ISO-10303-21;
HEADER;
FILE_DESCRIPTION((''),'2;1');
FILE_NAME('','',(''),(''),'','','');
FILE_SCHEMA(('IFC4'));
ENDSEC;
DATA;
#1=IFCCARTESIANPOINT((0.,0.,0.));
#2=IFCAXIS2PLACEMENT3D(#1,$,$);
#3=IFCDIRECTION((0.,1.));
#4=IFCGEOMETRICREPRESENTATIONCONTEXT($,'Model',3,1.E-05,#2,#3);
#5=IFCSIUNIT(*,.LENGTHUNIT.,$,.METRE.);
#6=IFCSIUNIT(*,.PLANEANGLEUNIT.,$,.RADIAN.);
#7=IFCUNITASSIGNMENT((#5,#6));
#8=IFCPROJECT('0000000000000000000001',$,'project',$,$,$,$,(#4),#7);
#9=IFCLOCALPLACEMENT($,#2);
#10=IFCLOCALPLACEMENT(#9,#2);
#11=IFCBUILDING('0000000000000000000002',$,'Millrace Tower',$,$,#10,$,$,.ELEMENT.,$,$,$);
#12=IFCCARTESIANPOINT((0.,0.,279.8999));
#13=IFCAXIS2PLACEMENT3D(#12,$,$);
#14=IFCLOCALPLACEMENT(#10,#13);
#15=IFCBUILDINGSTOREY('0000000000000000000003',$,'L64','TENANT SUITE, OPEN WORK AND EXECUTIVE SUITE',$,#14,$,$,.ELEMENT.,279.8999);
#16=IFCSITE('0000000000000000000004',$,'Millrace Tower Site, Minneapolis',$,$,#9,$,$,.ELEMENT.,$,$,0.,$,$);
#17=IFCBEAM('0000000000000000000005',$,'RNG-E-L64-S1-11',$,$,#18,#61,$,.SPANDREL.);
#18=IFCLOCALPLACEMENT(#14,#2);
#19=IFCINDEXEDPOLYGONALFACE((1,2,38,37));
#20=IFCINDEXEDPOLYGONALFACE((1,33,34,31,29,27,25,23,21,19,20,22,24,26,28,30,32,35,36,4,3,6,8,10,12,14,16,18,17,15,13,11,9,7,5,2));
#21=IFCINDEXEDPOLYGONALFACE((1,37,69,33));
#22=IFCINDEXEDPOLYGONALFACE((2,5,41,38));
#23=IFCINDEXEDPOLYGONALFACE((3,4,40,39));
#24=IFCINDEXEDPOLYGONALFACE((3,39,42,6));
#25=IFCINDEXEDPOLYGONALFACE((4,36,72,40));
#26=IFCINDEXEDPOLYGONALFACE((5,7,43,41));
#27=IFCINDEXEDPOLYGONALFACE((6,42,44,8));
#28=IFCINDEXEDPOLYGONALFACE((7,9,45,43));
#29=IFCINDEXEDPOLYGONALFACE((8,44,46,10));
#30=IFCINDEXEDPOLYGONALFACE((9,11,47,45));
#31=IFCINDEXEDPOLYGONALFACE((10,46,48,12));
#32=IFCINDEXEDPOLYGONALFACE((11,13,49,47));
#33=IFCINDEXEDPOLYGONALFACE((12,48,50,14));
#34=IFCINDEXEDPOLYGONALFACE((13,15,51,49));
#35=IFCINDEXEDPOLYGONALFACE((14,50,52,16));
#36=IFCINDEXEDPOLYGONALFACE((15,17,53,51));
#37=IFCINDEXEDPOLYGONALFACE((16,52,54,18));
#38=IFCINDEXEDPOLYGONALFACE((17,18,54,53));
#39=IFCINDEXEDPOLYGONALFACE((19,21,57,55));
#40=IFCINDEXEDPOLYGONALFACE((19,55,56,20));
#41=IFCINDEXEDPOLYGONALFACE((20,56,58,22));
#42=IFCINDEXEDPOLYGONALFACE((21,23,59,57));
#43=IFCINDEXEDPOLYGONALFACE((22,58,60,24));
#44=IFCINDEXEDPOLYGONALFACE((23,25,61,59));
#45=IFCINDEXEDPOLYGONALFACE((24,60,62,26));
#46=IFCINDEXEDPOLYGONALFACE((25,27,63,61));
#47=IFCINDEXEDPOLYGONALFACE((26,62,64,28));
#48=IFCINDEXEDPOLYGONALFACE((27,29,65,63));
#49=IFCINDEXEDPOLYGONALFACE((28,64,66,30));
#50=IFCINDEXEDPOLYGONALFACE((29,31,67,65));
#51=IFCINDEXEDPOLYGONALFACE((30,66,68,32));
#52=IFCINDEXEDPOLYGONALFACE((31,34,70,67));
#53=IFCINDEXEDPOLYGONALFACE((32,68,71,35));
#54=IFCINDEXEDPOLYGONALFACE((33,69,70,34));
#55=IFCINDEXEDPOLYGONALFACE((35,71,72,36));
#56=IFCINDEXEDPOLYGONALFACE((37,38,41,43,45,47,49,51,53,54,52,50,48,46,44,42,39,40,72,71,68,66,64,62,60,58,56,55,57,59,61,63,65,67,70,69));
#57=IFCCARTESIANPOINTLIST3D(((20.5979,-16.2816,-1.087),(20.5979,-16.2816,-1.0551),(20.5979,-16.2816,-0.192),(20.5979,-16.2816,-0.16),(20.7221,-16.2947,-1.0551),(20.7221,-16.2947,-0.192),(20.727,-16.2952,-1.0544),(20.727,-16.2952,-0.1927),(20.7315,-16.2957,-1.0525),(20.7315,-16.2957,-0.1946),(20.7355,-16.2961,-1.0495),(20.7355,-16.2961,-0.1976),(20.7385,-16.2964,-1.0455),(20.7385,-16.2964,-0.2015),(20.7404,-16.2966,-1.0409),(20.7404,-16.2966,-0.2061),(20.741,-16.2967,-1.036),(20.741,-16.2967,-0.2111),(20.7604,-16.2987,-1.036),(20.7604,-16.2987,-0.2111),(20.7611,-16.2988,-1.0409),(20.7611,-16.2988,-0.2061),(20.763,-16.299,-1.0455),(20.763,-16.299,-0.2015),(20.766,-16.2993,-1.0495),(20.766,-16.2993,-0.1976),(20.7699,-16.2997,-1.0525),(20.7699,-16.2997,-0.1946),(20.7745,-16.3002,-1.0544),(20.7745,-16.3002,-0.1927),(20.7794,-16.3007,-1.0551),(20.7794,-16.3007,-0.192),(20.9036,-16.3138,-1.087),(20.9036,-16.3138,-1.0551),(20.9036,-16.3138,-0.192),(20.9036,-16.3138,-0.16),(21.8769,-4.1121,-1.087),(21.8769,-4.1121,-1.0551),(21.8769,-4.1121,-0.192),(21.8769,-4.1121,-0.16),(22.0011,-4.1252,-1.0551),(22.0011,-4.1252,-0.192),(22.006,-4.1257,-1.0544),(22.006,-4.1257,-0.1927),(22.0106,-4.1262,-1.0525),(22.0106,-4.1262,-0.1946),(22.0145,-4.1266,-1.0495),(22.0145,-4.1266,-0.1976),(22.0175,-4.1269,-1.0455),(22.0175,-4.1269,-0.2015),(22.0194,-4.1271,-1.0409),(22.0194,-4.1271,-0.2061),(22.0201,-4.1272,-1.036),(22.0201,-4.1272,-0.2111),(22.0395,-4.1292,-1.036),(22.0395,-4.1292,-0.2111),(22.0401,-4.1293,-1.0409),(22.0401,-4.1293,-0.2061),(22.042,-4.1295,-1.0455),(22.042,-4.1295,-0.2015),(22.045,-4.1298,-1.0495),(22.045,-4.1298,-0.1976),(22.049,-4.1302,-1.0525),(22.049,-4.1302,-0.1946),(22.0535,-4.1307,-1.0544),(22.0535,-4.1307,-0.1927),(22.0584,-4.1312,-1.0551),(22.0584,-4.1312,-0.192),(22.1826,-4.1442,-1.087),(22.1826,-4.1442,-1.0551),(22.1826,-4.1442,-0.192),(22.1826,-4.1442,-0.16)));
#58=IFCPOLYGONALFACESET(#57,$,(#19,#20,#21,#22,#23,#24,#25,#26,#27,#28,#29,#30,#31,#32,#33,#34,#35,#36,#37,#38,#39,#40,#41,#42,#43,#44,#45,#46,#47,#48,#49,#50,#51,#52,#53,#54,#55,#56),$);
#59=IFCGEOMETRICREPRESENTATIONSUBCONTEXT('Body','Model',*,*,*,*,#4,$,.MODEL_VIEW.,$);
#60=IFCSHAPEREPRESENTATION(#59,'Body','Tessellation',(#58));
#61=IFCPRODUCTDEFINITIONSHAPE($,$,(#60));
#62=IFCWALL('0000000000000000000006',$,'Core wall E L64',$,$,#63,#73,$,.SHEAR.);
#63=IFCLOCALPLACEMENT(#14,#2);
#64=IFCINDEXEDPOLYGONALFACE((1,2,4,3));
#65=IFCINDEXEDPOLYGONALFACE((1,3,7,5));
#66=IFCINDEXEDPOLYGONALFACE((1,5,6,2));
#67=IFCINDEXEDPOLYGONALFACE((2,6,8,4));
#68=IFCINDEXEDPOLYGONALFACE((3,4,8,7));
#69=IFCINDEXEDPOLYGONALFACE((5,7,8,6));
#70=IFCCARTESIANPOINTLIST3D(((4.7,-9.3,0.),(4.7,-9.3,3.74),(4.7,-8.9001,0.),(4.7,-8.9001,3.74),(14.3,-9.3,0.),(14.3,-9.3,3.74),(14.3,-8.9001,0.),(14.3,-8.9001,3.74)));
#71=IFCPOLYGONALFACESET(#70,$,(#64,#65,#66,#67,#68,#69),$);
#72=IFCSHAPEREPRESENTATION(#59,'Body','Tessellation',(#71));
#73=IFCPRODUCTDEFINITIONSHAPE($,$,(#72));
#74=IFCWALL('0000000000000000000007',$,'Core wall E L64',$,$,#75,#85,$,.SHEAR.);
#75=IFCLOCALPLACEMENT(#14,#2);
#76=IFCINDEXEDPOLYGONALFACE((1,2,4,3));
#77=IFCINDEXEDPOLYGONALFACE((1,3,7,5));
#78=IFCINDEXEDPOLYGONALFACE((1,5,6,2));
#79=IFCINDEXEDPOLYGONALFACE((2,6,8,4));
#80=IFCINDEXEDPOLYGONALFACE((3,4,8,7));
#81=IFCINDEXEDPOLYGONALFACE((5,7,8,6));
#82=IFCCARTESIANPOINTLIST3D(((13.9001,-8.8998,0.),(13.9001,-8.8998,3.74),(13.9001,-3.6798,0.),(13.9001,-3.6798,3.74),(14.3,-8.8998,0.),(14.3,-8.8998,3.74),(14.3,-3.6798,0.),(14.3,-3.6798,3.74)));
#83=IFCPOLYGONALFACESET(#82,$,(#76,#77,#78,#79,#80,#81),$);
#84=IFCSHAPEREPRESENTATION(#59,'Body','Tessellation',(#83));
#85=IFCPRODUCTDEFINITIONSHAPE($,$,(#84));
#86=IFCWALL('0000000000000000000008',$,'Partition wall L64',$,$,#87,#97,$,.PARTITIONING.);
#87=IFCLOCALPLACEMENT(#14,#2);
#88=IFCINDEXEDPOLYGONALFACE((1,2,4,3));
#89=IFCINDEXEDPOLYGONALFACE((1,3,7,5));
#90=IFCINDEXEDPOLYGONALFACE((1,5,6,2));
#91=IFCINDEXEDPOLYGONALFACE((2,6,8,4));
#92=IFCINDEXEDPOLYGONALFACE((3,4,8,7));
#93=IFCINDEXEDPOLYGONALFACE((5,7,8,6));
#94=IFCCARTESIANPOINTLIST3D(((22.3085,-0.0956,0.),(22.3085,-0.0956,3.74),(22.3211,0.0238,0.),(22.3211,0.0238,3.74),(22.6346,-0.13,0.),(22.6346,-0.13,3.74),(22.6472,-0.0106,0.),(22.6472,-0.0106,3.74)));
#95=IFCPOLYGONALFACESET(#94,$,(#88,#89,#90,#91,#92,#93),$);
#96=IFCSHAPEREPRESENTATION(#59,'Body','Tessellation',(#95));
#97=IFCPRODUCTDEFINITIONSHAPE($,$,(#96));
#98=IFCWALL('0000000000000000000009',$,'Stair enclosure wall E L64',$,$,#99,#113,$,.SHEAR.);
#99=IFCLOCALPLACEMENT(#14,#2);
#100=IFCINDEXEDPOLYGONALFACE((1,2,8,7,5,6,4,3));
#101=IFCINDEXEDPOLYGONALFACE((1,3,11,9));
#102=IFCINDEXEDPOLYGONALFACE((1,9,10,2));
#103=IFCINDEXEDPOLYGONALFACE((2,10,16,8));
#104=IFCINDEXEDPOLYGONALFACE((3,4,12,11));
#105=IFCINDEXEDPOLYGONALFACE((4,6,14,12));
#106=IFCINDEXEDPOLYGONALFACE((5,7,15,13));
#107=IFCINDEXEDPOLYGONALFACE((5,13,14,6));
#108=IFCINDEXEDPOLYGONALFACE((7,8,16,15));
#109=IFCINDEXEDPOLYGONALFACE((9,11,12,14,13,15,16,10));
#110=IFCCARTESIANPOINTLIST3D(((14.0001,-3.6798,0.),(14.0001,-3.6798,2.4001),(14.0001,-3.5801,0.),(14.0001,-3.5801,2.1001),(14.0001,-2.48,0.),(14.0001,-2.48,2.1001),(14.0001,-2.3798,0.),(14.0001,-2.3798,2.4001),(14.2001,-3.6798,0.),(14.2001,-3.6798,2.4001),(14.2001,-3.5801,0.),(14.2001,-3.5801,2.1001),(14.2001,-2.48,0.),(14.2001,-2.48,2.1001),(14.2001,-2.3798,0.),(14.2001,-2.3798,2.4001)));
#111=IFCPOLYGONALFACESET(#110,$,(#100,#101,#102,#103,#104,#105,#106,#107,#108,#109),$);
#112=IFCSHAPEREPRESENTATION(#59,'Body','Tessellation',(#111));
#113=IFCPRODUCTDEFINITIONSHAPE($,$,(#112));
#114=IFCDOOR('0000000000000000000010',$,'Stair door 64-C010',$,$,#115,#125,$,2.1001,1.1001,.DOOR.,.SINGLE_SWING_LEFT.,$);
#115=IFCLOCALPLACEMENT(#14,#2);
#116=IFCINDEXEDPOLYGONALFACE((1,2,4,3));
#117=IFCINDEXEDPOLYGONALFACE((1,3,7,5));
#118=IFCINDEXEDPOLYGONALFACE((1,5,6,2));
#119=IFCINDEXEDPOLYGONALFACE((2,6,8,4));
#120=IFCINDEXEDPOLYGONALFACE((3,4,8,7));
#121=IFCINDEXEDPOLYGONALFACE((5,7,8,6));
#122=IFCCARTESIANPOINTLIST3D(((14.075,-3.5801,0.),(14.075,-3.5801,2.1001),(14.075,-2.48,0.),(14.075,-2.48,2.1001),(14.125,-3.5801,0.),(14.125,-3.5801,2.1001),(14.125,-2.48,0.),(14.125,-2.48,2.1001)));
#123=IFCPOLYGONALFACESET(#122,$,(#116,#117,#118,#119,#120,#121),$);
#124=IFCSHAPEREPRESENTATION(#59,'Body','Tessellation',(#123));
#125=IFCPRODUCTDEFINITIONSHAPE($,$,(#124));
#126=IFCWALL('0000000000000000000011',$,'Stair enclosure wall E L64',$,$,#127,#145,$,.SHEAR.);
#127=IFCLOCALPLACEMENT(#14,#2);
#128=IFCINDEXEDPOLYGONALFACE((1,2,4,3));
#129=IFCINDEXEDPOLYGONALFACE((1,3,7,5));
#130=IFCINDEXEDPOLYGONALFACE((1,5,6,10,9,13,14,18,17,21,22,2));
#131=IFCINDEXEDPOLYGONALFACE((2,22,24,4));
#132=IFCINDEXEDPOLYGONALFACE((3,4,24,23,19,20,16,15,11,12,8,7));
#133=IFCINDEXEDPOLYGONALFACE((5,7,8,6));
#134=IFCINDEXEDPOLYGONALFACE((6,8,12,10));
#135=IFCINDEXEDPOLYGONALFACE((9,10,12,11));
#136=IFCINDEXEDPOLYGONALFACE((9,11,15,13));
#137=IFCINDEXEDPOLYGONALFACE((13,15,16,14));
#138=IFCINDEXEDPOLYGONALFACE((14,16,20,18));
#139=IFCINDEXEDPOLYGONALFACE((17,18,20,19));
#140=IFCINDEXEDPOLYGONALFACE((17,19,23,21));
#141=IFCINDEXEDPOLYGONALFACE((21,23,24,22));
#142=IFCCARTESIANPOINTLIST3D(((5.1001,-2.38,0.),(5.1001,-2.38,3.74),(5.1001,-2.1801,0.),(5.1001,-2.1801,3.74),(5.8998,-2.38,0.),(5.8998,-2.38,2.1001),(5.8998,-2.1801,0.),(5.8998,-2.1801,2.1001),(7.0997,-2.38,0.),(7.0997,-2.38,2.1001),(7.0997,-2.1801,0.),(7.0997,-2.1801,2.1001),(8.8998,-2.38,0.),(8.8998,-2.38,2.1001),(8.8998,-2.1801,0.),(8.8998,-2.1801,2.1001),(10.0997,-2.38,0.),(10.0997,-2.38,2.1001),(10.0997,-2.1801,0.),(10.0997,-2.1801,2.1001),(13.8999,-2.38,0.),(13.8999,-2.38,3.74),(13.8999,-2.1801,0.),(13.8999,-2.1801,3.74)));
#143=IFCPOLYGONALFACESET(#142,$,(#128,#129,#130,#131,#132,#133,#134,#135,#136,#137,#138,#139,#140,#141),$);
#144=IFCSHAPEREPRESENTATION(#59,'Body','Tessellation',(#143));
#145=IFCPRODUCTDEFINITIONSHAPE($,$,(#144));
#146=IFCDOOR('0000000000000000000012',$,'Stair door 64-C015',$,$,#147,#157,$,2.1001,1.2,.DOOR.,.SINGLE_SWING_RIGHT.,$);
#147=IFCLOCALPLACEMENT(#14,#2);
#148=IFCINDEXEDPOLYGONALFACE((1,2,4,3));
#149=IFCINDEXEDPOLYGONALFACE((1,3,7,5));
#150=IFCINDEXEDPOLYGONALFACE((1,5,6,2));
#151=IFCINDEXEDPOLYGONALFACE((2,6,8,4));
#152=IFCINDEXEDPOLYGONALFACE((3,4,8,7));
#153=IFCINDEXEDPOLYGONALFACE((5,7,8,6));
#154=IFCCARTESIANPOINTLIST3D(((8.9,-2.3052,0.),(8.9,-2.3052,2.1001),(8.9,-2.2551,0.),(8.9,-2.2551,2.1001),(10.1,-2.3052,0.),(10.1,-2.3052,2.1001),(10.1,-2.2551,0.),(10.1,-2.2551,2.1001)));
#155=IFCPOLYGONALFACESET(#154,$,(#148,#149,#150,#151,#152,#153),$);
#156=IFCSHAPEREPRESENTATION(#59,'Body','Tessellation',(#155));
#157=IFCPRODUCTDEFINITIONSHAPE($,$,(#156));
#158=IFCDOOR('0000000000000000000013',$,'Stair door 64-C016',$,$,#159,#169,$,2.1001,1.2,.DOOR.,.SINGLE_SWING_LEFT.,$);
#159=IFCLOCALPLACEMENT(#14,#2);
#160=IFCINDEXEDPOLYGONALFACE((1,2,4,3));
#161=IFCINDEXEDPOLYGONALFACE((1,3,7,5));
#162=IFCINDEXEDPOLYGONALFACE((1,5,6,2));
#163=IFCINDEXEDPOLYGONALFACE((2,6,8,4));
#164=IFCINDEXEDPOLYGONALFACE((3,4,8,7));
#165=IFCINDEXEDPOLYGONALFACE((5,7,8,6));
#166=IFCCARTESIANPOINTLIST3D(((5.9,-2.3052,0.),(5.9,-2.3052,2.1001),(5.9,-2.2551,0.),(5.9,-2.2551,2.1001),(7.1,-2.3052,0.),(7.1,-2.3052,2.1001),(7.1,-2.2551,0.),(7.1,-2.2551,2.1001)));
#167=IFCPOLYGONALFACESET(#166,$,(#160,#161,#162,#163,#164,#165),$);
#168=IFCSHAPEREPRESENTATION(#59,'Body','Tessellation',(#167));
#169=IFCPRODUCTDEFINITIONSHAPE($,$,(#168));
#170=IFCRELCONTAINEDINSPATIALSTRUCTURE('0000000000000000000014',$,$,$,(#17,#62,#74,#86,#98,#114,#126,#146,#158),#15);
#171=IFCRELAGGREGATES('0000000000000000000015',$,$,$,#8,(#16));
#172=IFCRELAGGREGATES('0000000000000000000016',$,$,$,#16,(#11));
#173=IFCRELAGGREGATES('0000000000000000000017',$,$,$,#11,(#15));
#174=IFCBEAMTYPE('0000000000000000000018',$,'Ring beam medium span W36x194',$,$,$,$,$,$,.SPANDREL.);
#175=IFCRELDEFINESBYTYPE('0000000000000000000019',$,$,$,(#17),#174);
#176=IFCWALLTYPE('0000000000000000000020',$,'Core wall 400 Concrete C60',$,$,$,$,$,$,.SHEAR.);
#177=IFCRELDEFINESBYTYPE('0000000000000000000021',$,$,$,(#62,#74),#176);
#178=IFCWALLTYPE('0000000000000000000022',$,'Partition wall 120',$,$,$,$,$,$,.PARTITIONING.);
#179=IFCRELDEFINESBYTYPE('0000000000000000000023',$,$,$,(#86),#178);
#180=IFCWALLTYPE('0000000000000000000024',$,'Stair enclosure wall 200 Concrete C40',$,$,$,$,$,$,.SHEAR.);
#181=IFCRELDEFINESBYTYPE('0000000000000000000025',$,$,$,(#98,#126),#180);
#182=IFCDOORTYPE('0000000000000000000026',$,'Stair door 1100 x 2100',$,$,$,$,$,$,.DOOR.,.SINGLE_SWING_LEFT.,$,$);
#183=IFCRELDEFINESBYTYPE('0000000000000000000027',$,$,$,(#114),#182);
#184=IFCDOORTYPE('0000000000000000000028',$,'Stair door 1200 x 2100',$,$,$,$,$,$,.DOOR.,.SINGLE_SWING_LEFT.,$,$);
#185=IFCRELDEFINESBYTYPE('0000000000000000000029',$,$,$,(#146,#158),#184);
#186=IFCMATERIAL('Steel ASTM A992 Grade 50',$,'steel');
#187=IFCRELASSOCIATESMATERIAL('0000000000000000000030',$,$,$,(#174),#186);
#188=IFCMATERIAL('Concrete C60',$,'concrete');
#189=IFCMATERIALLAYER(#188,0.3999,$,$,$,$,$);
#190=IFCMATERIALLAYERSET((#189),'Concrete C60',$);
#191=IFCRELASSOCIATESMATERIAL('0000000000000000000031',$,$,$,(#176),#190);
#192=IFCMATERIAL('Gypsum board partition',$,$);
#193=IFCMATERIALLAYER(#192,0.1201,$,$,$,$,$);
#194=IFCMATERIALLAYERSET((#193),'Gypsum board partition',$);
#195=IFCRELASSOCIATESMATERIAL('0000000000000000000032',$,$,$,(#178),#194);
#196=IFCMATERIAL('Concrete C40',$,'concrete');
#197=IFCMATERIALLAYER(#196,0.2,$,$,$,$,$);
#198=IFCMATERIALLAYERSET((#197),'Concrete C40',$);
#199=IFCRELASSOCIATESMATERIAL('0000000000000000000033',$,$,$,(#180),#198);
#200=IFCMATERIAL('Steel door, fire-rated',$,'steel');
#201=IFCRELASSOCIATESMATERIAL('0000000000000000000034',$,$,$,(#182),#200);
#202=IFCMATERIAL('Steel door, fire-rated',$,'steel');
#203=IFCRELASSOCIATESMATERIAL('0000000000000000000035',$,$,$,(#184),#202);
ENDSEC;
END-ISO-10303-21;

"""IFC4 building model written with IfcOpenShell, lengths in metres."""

from ifc_helpers import new_model, si_unit, direction, frame, frame_2d, origin, origin_2d, place, context, subcontext, project, spatial, rectangle, i_section, extrude, material, layer, layer_set, material_profile, profile_set, type_object, element, fill, save


model = new_model("IFC4")

# Units and contexts
model_context = context("Model", 3, precision=1e-05, world=origin(), true_north=direction((0.0, 1.0)))
body_context = subcontext(model_context, "Body", "Model", "MODEL_VIEW")
ifc_project = project(units=[si_unit("LENGTHUNIT", "METRE"), si_unit("PLANEANGLEUNIT", "RADIAN")], contexts=[model_context])

# Site, building, storey
site_placement = place(None, origin())
site = spatial("IfcSite", under=ifc_project, at=site_placement, Name="Millrace Tower Site, Minneapolis", CompositionType="ELEMENT", RefElevation=0.0)
building_placement = place(site_placement, origin())
building = spatial("IfcBuilding", under=site, at=building_placement, Name="Millrace Tower", CompositionType="ELEMENT")
storey_placement = place(building_placement, frame((0.0, 0.0, 279.8999)))
storey = spatial("IfcBuildingStorey", under=building, at=storey_placement, Name="L64", Description="TENANT SUITE, OPEN WORK AND EXECUTIVE SUITE", CompositionType="ELEMENT", Elevation=279.8999)

# Beam
ifc_material_1 = material(Name="Steel ASTM A992 Grade 50", Category="steel")
ifc_material_profile_1 = material_profile(ifc_material_1, i_section(OverallWidth=0.3074, OverallDepth=0.927, WebThickness=0.0195, FlangeThickness=0.032, FilletRadius=0.019, at=origin_2d()))
ifc_profile_set_1 = profile_set([ifc_material_profile_1], Name="Steel ASTM A992 Grade 50")
beam_type_1 = type_object("IfcBeamType", Name="Ring beam medium span W36x194", PredefinedType="SPANDREL", material=ifc_profile_set_1)
beam_1_placement = place(storey_placement, frame((22.0298, -4.1282, -0.6235), z_axis=(-0.104528, -0.994522, 0.0), x_axis=(0.994522, -0.104528, 0.0)))
element("IfcBeam", 1, at=beam_1_placement, inside=storey, type_object=beam_type_1, Name="RNG-E-L64-S1-11", PredefinedType="SPANDREL", context=body_context, shape_type="SweptSolid", body=[
    extrude(i_section(OverallWidth=0.3074, OverallDepth=0.927, WebThickness=0.0195, FlangeThickness=0.032, FilletRadius=0.019, at=origin_2d()), origin(), (0.0, 0.0, 1.0), 12.2366),
])

# Walls
ifc_material_2 = material(Name="Concrete C60", Category="concrete")
ifc_layer_1 = layer(ifc_material_2, 0.3999)
ifc_layer_set_1 = layer_set([ifc_layer_1], Name="Concrete C60")
wall_type_1 = type_object("IfcWallType", Name="Core wall 400 Concrete C60", PredefinedType="SHEAR", material=ifc_layer_set_1)
wall_1_placement = place(storey_placement, frame((14.3, -9.1001, 0.0), z_axis=(0.0, 0.0, 1.0), x_axis=(-1.0, 0.0, 0.0)))
element("IfcWall", 2, at=wall_1_placement, inside=storey, type_object=wall_type_1, Name="Core wall E L64", PredefinedType="SHEAR", context=body_context, shape_type="SweptSolid", body=[
    extrude(rectangle(XDim=9.6001, YDim=0.3999, at=frame_2d((4.8, 0.0))), origin(), (0.0, 0.0, 1.0), 3.74),
])
wall_2_placement = place(storey_placement, frame((14.1001, -3.6799, 0.0), z_axis=(0.0, 0.0, 1.0), x_axis=(0.0, -1.0, 0.0)))
element("IfcWall", 3, at=wall_2_placement, inside=storey, type_object=wall_type_1, Name="Core wall E L64", PredefinedType="SHEAR", context=body_context, shape_type="SweptSolid", body=[
    extrude(rectangle(XDim=5.22, YDim=0.3999, at=frame_2d((2.6099, 0.0))), origin(), (0.0, 0.0, 1.0), 3.74),
])
ifc_material_3 = material(Name="Gypsum board partition")
ifc_layer_2 = layer(ifc_material_3, 0.1201)
ifc_layer_set_2 = layer_set([ifc_layer_2], Name="Gypsum board partition")
wall_type_2 = type_object("IfcWallType", Name="Partition wall 120", PredefinedType="PARTITIONING", material=ifc_layer_set_2)
wall_3_placement = place(storey_placement, frame((22.3147, -0.0359, 0.0), z_axis=(0.0, 0.0, 1.0), x_axis=(0.994477, -0.104956, 0.0)))
element("IfcWall", 4, at=wall_3_placement, inside=storey, type_object=wall_type_2, Name="Partition wall L64", PredefinedType="PARTITIONING", context=body_context, shape_type="SweptSolid", body=[
    extrude(rectangle(XDim=0.3279, YDim=0.1201, at=frame_2d((0.1641, 0.0))), origin(), (0.0, 0.0, 1.0), 3.74),
])

# Wall, opening, door
ifc_material_4 = material(Name="Concrete C40", Category="concrete")
ifc_layer_3 = layer(ifc_material_4, 0.2)
ifc_layer_set_3 = layer_set([ifc_layer_3], Name="Concrete C40")
wall_type_3 = type_object("IfcWallType", Name="Stair enclosure wall 200 Concrete C40", PredefinedType="SHEAR", material=ifc_layer_set_3)
wall_4_placement = place(storey_placement, frame((14.1001, -2.3799, 0.0), z_axis=(0.0, 0.0, 1.0), x_axis=(0.0, -1.0, 0.0)))
wall_4 = element("IfcWall", 5, at=wall_4_placement, inside=storey, type_object=wall_type_3, Name="Stair enclosure wall E L64", PredefinedType="SHEAR", context=body_context, shape_type="SweptSolid", body=[
    extrude(rectangle(XDim=1.3, YDim=0.2, at=frame_2d((0.6499, 0.0))), origin(), (0.0, 0.0, 1.0), 2.4001),
])
opening_1_placement = place(wall_4_placement, frame((0.1001, 0.0, 0.0)))
opening_1 = element("IfcOpeningElement", 6, at=opening_1_placement, cuts=wall_4, PredefinedType="OPENING", context=body_context, shape_type="SweptSolid", body=[
    extrude(rectangle(XDim=1.1001, YDim=2.1001, at=frame_2d((0.55, 1.05))), frame((0.0, 0.1099, 0.0), z_axis=(0.0, -1.0, 0.0), x_axis=(1.0, 0.0, 0.0)), (0.0, 0.0, 1.0), 0.22),
])
ifc_material_5 = material(Name="Steel door, fire-rated", Category="steel")
door_type_1 = type_object("IfcDoorType", Name="Stair door 1100 x 2100", OperationType="SINGLE_SWING_LEFT", PredefinedType="DOOR", material=ifc_material_5)
door_1_placement = place(opening_1_placement, origin())
door_1 = element("IfcDoor", 7, at=door_1_placement, inside=storey, type_object=door_type_1, Name="Stair door 64-C010", OperationType="SINGLE_SWING_LEFT", OverallHeight=2.1001, OverallWidth=1.1001, PredefinedType="DOOR", context=body_context, shape_type="SweptSolid", body=[
    extrude(rectangle(XDim=1.1001, YDim=2.1001, at=frame_2d((0.55, 1.05))), frame((0.0, 0.0249, 0.0), z_axis=(0.0, -1.0, 0.0), x_axis=(1.0, 0.0, 0.0)), (0.0, 0.0, 1.0), 0.05),
])
fill(opening_1, door_1)

# Wall, openings, doors
wall_5_placement = place(storey_placement, frame((13.8999, -2.28, 0.0), z_axis=(0.0, 0.0, 1.0), x_axis=(-1.0, 0.0, 0.0)))
wall_5 = element("IfcWall", 8, at=wall_5_placement, inside=storey, type_object=wall_type_3, Name="Stair enclosure wall E L64", PredefinedType="SHEAR", context=body_context, shape_type="SweptSolid", body=[
    extrude(rectangle(XDim=8.7998, YDim=0.2, at=frame_2d((4.3999, 0.0))), origin(), (0.0, 0.0, 1.0), 3.74),
])
opening_2_placement = place(wall_5_placement, frame((3.8, 0.0, 0.0)))
opening_2 = element("IfcOpeningElement", 9, at=opening_2_placement, cuts=wall_5, PredefinedType="OPENING", context=body_context, shape_type="SweptSolid", body=[
    extrude(rectangle(XDim=1.2, YDim=2.1001, at=frame_2d((0.6001, 1.05))), frame((0.0, 0.1099, 0.0), z_axis=(0.0, -1.0, 0.0), x_axis=(1.0, 0.0, 0.0)), (0.0, 0.0, 1.0), 0.22),
])
opening_3_placement = place(wall_5_placement, frame((6.8, 0.0, 0.0)))
opening_3 = element("IfcOpeningElement", 10, at=opening_3_placement, cuts=wall_5, PredefinedType="OPENING", context=body_context, shape_type="SweptSolid", body=[
    extrude(rectangle(XDim=1.2, YDim=2.1001, at=frame_2d((0.6001, 1.05))), frame((0.0, 0.1099, 0.0), z_axis=(0.0, -1.0, 0.0), x_axis=(1.0, 0.0, 0.0)), (0.0, 0.0, 1.0), 0.22),
])
ifc_material_6 = material(Name="Steel door, fire-rated", Category="steel")
door_type_2 = type_object("IfcDoorType", Name="Stair door 1200 x 2100", OperationType="SINGLE_SWING_LEFT", PredefinedType="DOOR", material=ifc_material_6)
door_2_placement = place(opening_2_placement, frame((1.2, 0.0, 0.0), z_axis=(0.0, 0.0, 1.0), x_axis=(-1.0, 0.0, 0.0)))
door_2 = element("IfcDoor", 11, at=door_2_placement, inside=storey, type_object=door_type_2, Name="Stair door 64-C015", OperationType="SINGLE_SWING_RIGHT", OverallHeight=2.1001, OverallWidth=1.2, PredefinedType="DOOR", context=body_context, shape_type="SweptSolid", body=[
    extrude(rectangle(XDim=1.2, YDim=2.1001, at=frame_2d((0.6001, 1.05))), frame((0.0, 0.0249, 0.0), z_axis=(0.0, -1.0, 0.0), x_axis=(1.0, 0.0, 0.0)), (0.0, 0.0, 1.0), 0.05),
])
fill(opening_2, door_2)
door_3_placement = place(opening_3_placement, frame((1.2, 0.0, 0.0), z_axis=(0.0, 0.0, 1.0), x_axis=(-1.0, 0.0, 0.0)))
door_3 = element("IfcDoor", 12, at=door_3_placement, inside=storey, type_object=door_type_2, Name="Stair door 64-C016", OperationType="SINGLE_SWING_LEFT", OverallHeight=2.1001, OverallWidth=1.2, PredefinedType="DOOR", context=body_context, shape_type="SweptSolid", body=[
    extrude(rectangle(XDim=1.2, YDim=2.1001, at=frame_2d((0.6001, 1.05))), frame((0.0, 0.0249, 0.0), z_axis=(0.0, -1.0, 0.0), x_axis=(1.0, 0.0, 0.0)), (0.0, 0.0, 1.0), 0.05),
])
fill(opening_3, door_3)

save(model, "model.ifc")
